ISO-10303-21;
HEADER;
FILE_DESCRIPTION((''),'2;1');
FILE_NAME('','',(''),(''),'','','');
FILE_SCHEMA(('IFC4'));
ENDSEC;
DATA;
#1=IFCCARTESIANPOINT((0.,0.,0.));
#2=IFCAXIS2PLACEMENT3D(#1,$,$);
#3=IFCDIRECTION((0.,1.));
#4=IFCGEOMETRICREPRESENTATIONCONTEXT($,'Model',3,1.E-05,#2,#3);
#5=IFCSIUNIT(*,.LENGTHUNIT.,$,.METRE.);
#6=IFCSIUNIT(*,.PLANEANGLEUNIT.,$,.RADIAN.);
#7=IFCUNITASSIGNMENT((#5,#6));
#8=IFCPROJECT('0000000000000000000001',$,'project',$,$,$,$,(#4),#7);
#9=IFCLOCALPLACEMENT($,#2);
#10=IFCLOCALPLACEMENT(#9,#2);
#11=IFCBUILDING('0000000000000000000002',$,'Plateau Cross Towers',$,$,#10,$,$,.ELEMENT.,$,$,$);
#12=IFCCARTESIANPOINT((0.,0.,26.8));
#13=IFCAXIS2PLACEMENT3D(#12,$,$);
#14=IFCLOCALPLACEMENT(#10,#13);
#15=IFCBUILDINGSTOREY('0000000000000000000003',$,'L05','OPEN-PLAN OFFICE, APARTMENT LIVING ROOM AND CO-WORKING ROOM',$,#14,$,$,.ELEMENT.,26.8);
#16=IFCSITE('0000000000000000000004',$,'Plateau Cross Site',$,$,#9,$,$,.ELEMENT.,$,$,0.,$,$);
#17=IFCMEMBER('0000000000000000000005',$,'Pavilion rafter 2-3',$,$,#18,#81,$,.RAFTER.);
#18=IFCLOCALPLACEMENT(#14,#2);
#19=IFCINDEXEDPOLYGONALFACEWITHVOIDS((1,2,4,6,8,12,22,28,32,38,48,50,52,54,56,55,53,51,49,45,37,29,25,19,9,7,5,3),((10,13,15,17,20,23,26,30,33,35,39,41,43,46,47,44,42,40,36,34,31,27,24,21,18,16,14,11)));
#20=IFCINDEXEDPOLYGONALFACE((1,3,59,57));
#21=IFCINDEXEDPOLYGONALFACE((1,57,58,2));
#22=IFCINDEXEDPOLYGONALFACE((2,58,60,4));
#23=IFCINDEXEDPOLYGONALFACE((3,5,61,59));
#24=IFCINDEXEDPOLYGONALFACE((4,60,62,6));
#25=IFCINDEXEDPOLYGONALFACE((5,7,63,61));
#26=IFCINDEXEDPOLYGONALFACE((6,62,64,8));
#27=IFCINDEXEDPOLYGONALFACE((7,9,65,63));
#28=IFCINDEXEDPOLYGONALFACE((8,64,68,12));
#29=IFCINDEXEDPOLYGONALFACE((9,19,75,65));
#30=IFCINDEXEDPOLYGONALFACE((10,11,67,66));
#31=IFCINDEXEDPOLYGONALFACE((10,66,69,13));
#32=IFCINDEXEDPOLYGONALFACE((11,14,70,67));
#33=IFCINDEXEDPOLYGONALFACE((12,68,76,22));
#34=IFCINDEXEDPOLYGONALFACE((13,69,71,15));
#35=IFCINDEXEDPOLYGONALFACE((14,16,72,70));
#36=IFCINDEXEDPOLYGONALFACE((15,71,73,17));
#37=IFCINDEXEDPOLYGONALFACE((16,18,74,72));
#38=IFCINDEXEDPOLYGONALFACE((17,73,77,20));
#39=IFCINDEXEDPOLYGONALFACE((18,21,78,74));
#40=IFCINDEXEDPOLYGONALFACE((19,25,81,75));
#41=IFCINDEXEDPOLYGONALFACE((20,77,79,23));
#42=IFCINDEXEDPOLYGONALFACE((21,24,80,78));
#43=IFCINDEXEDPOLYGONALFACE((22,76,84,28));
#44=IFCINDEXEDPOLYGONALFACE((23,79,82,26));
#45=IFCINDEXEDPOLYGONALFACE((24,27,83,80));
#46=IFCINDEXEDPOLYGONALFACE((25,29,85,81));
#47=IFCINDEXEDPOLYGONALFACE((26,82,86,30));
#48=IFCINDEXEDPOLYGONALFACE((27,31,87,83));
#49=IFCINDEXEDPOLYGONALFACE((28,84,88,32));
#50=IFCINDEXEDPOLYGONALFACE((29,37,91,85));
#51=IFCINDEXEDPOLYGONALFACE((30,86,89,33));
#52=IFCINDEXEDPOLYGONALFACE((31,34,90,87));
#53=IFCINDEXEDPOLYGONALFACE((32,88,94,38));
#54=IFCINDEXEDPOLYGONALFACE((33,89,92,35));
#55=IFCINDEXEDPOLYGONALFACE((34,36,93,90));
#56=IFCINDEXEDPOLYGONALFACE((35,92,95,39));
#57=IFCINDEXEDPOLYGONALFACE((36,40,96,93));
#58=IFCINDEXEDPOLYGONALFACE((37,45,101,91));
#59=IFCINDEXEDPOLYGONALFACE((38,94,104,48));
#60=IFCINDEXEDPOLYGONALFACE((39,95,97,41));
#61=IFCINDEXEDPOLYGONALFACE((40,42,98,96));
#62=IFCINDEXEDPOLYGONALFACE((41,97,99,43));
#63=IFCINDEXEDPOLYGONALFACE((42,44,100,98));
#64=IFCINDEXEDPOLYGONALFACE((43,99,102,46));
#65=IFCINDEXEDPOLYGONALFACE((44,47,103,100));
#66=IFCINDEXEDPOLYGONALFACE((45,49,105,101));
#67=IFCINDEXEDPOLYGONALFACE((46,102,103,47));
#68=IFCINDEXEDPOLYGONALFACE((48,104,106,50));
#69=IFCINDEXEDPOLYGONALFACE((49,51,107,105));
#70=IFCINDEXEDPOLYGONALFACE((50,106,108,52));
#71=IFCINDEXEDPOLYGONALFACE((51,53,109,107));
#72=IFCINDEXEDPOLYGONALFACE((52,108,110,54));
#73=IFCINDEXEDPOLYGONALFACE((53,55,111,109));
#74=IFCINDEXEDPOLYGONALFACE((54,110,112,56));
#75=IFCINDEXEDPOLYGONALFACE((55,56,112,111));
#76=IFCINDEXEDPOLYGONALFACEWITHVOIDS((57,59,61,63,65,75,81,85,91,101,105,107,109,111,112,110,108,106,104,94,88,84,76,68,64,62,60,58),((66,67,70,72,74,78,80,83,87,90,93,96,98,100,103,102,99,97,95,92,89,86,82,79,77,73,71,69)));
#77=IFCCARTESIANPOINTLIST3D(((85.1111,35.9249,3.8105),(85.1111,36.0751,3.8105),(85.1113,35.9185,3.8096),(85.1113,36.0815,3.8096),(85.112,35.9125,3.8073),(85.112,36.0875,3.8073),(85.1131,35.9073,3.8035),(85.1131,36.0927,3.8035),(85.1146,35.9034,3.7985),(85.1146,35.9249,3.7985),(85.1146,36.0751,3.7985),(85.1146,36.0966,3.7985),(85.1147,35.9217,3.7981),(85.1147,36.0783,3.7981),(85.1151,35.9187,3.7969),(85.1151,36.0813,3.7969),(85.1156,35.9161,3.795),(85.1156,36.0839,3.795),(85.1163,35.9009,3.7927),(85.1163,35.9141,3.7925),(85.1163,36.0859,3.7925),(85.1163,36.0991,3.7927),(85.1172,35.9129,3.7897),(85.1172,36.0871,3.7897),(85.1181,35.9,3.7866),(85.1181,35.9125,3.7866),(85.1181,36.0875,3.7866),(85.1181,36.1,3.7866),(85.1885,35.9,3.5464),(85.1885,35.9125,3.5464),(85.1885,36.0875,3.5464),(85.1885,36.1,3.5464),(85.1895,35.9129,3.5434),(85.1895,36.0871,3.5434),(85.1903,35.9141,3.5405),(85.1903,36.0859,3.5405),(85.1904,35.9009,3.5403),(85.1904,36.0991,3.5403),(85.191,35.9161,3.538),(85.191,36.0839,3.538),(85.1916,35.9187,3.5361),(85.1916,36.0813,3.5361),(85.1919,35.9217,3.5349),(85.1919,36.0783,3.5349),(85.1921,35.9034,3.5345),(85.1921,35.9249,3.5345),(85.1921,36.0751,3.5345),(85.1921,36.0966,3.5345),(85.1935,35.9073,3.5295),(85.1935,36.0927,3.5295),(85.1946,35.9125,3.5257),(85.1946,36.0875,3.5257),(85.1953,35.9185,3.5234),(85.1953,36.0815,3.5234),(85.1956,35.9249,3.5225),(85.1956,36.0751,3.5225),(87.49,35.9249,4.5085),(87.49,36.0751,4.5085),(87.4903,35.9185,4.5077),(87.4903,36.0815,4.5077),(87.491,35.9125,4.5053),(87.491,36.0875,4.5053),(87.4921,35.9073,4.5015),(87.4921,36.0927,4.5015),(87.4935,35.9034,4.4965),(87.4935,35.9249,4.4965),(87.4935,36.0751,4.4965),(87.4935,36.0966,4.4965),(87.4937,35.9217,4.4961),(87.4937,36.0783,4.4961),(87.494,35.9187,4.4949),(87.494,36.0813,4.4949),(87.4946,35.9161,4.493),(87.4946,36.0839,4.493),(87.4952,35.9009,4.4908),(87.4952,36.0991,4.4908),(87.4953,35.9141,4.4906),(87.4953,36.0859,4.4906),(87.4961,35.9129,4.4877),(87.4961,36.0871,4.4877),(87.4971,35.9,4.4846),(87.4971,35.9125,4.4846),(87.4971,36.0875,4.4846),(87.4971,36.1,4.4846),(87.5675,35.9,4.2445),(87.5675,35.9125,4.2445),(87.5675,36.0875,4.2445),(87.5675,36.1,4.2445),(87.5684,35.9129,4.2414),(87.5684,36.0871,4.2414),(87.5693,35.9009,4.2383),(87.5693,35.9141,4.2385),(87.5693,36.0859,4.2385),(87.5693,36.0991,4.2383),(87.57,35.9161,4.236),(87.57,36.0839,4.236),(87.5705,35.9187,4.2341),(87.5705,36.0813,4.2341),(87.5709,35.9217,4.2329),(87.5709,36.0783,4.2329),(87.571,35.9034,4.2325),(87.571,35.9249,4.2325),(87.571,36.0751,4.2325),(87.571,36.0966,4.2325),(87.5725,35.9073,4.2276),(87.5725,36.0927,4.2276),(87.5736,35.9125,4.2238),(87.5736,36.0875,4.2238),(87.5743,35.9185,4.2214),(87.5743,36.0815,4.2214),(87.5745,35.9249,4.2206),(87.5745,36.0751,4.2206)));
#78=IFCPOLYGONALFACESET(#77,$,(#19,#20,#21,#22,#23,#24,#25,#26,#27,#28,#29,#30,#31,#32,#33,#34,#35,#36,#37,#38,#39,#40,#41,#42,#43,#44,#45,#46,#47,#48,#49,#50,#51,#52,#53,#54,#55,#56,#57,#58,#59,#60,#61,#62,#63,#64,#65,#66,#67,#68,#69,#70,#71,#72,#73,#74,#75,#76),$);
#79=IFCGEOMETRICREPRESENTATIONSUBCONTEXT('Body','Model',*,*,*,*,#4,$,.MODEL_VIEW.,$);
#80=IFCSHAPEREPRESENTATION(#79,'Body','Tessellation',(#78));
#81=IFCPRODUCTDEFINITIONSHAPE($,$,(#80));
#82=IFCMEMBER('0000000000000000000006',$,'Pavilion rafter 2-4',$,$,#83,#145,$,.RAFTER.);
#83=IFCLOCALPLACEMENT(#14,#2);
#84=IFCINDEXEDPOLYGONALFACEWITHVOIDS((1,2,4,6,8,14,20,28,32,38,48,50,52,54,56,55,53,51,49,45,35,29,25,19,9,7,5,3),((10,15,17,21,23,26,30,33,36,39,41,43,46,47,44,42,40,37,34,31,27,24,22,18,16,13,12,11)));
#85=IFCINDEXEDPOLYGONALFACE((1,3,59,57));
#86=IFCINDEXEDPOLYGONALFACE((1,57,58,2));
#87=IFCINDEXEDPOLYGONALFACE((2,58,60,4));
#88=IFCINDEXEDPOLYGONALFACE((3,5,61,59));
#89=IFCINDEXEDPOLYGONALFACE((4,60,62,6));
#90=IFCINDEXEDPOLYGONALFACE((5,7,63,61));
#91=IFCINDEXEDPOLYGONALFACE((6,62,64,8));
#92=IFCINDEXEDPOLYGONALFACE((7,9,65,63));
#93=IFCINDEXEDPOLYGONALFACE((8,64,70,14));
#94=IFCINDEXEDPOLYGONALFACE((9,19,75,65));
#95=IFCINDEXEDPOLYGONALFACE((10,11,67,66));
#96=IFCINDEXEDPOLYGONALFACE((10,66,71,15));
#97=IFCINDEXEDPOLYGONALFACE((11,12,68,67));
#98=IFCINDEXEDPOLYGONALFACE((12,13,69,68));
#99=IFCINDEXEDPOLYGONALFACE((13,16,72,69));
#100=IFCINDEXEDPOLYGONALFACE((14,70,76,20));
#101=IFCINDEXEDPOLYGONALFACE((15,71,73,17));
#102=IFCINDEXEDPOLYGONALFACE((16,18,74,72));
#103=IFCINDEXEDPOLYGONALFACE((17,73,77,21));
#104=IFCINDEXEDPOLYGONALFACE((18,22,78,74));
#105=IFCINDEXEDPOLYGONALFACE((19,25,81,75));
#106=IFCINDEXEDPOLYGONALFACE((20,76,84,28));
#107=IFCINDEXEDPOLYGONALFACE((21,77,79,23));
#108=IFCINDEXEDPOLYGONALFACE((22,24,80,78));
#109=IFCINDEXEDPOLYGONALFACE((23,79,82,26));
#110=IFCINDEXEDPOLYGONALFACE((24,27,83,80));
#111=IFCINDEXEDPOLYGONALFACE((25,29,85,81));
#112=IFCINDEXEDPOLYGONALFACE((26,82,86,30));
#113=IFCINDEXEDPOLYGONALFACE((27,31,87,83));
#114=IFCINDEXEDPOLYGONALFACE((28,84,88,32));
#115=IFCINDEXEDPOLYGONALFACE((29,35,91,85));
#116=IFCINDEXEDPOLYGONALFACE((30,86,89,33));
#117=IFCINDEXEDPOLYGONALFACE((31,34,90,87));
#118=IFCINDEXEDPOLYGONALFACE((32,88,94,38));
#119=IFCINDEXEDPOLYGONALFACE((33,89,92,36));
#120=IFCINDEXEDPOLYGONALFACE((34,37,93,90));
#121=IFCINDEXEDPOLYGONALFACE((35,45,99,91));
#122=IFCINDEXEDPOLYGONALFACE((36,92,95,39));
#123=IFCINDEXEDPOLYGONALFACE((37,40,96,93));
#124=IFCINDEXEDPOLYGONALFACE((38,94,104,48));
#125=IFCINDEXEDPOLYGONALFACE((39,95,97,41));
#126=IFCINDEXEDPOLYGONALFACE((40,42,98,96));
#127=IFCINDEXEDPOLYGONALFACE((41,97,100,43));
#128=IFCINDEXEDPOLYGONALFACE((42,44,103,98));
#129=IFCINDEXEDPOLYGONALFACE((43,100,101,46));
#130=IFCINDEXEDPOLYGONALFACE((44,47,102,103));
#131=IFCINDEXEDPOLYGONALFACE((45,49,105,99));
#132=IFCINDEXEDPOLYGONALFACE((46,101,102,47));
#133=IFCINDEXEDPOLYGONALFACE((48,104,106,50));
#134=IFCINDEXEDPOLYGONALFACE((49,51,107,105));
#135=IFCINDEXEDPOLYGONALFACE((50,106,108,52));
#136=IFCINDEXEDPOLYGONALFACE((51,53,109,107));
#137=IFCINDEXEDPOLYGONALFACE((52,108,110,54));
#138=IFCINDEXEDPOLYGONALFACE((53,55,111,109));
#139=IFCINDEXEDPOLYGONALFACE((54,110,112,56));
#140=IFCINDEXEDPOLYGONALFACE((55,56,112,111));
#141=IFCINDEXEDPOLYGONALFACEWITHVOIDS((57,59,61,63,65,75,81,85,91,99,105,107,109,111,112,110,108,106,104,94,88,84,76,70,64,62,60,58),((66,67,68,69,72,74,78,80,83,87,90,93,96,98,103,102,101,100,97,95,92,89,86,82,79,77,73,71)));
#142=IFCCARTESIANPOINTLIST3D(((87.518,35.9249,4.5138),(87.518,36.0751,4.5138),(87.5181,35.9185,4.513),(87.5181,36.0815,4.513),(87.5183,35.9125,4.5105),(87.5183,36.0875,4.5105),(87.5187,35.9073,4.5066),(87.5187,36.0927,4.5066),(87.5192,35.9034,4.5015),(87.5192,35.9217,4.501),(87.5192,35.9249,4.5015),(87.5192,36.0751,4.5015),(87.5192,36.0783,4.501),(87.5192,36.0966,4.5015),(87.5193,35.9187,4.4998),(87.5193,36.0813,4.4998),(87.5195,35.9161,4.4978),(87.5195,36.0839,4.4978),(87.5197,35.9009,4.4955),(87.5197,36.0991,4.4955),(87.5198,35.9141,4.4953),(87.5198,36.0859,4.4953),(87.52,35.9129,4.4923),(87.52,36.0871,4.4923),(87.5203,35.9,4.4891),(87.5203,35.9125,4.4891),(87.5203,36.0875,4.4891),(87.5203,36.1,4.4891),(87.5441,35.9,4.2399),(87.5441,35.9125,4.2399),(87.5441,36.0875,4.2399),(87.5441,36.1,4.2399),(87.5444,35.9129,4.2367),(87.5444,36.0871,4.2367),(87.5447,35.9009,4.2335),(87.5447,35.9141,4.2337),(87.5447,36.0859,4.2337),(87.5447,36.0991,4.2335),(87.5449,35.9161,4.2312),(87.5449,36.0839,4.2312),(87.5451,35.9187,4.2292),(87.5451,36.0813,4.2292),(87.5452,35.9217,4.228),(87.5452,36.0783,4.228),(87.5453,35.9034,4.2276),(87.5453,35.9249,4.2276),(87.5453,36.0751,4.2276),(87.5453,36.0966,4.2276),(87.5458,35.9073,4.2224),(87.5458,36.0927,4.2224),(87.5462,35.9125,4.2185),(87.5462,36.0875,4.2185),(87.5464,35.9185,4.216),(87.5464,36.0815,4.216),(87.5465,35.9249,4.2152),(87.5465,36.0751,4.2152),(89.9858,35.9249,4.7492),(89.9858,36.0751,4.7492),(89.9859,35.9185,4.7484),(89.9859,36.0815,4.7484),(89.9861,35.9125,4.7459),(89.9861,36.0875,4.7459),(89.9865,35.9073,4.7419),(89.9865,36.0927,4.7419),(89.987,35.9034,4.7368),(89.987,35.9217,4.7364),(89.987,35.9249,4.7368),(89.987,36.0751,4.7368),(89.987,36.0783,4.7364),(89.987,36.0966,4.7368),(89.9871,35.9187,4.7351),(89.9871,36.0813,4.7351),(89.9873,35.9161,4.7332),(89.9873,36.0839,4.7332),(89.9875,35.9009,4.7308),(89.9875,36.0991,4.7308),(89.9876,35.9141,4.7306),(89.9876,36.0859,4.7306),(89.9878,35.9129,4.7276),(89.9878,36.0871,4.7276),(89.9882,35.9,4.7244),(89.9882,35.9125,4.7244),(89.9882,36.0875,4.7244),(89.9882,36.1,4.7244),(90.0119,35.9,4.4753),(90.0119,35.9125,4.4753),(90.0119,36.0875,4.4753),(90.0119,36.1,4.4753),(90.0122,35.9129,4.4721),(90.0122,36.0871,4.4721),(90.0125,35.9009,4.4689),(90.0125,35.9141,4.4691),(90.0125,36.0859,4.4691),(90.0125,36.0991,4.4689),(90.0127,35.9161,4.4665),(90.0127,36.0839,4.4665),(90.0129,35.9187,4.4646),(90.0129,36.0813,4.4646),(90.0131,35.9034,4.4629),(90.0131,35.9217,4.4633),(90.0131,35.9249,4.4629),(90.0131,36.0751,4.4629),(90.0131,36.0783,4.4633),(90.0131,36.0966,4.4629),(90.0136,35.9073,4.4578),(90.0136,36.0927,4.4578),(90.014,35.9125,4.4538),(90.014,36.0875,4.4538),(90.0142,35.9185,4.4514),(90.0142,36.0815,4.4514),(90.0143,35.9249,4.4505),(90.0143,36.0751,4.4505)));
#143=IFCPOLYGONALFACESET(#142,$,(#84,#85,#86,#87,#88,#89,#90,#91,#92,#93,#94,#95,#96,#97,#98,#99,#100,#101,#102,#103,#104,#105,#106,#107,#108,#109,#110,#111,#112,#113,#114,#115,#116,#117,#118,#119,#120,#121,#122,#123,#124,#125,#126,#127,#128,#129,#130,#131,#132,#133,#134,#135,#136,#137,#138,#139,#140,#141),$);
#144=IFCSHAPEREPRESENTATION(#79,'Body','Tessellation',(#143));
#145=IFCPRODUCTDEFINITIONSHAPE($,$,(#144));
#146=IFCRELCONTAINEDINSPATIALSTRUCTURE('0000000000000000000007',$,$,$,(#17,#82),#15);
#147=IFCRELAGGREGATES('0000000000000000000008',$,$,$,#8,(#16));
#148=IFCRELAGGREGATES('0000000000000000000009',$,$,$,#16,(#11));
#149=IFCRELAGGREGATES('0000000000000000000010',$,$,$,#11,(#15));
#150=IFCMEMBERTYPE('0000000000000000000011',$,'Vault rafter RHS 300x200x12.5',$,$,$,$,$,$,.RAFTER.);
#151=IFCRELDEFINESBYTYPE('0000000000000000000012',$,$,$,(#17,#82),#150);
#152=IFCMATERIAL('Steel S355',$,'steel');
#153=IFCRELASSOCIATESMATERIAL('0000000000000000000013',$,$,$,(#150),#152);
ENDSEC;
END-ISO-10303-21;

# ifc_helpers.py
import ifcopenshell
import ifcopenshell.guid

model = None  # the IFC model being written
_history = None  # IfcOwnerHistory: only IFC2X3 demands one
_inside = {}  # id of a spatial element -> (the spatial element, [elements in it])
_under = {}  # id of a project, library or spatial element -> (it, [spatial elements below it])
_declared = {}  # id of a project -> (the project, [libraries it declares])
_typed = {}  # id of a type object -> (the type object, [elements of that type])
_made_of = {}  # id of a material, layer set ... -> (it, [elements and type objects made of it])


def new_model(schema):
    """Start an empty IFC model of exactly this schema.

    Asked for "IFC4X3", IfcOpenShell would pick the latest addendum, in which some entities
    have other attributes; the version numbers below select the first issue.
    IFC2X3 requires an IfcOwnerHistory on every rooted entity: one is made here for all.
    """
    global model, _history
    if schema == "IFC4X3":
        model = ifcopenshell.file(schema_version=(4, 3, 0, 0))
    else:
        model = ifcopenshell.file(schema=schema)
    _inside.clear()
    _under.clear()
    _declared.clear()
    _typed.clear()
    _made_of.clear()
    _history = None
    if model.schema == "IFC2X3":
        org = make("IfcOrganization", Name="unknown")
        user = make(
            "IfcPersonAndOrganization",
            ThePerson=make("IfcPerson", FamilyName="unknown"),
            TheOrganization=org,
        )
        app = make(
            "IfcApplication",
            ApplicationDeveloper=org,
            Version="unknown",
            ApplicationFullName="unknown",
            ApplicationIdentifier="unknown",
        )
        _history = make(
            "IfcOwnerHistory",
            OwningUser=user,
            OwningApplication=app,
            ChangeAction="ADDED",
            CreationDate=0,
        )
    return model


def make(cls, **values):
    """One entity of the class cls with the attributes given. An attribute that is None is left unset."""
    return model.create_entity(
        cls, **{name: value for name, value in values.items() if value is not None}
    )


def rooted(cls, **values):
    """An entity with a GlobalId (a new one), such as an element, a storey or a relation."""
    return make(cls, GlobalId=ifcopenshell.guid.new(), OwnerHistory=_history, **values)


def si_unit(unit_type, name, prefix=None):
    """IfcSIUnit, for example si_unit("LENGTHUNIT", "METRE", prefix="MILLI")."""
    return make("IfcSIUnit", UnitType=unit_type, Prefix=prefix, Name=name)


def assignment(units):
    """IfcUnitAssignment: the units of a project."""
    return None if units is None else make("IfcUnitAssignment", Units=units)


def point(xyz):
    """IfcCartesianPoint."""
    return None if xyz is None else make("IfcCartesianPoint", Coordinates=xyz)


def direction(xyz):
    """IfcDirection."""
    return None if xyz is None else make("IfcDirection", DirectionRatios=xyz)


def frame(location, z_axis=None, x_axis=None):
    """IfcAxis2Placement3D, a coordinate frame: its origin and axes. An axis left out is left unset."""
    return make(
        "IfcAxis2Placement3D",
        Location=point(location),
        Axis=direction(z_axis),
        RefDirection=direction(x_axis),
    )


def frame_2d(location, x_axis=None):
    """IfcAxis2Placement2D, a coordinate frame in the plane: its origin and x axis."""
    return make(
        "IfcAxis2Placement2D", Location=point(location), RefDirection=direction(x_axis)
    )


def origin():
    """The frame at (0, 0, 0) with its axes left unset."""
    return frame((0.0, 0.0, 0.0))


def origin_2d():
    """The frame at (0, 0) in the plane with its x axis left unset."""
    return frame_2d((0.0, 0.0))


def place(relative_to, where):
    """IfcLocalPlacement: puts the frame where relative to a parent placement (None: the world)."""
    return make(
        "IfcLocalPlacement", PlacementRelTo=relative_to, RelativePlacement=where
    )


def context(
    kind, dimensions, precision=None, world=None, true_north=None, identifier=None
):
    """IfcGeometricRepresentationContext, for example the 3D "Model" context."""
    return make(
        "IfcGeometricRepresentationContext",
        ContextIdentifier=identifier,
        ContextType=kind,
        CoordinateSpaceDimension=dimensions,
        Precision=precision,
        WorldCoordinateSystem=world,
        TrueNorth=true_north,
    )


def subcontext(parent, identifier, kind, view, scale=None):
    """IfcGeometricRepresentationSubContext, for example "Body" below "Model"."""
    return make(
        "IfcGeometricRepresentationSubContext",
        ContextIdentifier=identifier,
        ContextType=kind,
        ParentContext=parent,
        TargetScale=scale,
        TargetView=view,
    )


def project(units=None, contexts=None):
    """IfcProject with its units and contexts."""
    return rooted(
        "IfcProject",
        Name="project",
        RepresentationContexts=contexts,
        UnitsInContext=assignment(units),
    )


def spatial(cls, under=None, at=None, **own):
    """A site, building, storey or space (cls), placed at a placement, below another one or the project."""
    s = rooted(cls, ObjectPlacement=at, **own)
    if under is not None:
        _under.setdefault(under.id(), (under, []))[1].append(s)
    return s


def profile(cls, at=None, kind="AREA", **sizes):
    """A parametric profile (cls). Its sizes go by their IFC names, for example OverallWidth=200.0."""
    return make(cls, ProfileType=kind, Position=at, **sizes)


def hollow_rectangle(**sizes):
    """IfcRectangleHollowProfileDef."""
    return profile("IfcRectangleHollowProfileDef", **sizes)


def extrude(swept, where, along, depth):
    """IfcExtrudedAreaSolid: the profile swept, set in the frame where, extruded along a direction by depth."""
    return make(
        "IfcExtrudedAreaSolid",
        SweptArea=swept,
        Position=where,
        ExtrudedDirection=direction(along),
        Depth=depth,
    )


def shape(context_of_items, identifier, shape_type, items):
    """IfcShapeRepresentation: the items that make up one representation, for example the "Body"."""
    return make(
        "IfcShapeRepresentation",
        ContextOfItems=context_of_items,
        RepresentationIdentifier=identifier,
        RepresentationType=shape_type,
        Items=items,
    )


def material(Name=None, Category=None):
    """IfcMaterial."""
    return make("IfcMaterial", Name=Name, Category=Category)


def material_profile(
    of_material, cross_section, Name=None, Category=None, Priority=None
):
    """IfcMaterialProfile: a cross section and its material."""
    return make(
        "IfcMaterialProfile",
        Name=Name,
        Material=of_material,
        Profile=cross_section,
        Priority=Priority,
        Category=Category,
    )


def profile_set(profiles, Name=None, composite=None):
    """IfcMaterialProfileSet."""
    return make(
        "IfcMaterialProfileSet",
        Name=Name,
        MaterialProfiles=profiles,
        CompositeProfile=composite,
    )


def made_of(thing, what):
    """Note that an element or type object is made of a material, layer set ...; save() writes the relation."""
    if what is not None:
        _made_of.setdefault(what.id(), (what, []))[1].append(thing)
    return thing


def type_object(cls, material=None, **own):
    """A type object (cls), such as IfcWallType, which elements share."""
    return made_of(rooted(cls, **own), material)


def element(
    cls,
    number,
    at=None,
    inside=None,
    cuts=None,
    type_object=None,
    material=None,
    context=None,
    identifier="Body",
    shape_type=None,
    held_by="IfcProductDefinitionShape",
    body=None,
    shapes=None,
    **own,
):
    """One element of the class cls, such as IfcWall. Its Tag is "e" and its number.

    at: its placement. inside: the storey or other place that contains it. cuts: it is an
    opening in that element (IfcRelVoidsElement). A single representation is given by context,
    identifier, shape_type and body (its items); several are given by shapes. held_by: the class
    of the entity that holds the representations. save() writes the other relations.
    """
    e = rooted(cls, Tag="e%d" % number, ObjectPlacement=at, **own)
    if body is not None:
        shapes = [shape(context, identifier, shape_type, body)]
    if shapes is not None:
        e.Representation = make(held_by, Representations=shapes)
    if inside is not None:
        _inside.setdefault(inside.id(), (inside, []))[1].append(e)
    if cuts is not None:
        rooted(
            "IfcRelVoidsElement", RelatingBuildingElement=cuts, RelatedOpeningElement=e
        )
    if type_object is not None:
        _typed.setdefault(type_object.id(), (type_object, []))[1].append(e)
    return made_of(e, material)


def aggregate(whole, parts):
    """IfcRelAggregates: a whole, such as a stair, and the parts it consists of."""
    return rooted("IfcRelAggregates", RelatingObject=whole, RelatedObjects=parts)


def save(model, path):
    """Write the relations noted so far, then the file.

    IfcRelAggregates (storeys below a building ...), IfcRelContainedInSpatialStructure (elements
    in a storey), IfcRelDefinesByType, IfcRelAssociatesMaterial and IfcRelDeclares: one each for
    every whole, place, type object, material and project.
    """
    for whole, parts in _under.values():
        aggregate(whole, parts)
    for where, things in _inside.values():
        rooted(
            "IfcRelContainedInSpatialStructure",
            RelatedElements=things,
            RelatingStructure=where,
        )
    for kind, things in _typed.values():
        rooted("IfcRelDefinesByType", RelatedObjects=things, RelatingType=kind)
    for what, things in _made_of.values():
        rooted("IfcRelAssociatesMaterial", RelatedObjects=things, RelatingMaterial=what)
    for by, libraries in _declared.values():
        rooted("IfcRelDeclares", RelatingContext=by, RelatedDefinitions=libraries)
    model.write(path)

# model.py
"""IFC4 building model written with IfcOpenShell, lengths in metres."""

from ifc_helpers import new_model, si_unit, direction, frame, origin, origin_2d, place, context, subcontext, project, spatial, hollow_rectangle, extrude, material, material_profile, profile_set, type_object, element, save


model = new_model("IFC4")

# Units and contexts
model_context = context("Model", 3, precision=1e-05, world=origin(), true_north=direction((0.0, 1.0)))
body_context = subcontext(model_context, "Body", "Model", "MODEL_VIEW")
ifc_project = project(units=[si_unit("LENGTHUNIT", "METRE"), si_unit("PLANEANGLEUNIT", "RADIAN")], contexts=[model_context])

# Site, building, storey
site_placement = place(None, origin())
site = spatial("IfcSite", under=ifc_project, at=site_placement, Name="Plateau Cross Site", CompositionType="ELEMENT", RefElevation=0.0)
building_placement = place(site_placement, origin())
building = spatial("IfcBuilding", under=site, at=building_placement, Name="Plateau Cross Towers", CompositionType="ELEMENT")
storey_placement = place(building_placement, frame((0.0, 0.0, 26.8)))
storey = spatial("IfcBuildingStorey", under=building, at=storey_placement, Name="L05", Description="OPEN-PLAN OFFICE, APARTMENT LIVING ROOM AND CO-WORKING ROOM", CompositionType="ELEMENT", Elevation=26.8)

# Shared definitions
ifc_material_1 = material(Name="Steel S355", Category="steel")

# Members
ifc_material_profile_1 = material_profile(ifc_material_1, hollow_rectangle(XDim=0.2, YDim=0.3, WallThickness=0.0125, InnerFilletRadius=0.0125, OuterFilletRadius=0.0249, at=origin_2d()), Name="RHS 300x200x12.5")
ifc_profile_set_1 = profile_set([ifc_material_profile_1], Name="Steel S355")
member_type = type_object("IfcMemberType", Name="Vault rafter RHS 300x200x12.5", PredefinedType="RAFTER", material=ifc_profile_set_1)
member_1_placement = place(storey_placement, frame((85.1533, 36.0, 3.6665), z_axis=(0.959549, 0.0, 0.281542), x_axis=(0.0, 1.0, 0.0)))
element("IfcMember", 1, at=member_1_placement, inside=storey, type_object=member_type, Name="Pavilion rafter 2-3", PredefinedType="RAFTER", context=body_context, shape_type="SweptSolid", body=[
    extrude(hollow_rectangle(XDim=0.2, YDim=0.3, WallThickness=0.0125, InnerFilletRadius=0.0125, OuterFilletRadius=0.0249, at=origin_2d()), origin(), (0.0, 0.0, 1.0), 2.4792),
])
for number, where, z_axis, x_axis, name in (
    (2, (87.5322, 36.0, 4.3645), (0.995483, 0.0, 0.094939), (0.0, 1.0, 0.0), "Pavilion rafter 2-4"),
):
    element("IfcMember", number, at=place(storey_placement, frame(where, z_axis=z_axis, x_axis=x_axis)), inside=storey, type_object=member_type, Name=name, PredefinedType="RAFTER", context=body_context, shape_type="SweptSolid", body=[
        extrude(hollow_rectangle(XDim=0.2, YDim=0.3, WallThickness=0.0125, InnerFilletRadius=0.0125, OuterFilletRadius=0.0249, at=origin_2d()), origin(), (0.0, 0.0, 1.0), 2.479),
    ])

save(model, "model.ifc")
